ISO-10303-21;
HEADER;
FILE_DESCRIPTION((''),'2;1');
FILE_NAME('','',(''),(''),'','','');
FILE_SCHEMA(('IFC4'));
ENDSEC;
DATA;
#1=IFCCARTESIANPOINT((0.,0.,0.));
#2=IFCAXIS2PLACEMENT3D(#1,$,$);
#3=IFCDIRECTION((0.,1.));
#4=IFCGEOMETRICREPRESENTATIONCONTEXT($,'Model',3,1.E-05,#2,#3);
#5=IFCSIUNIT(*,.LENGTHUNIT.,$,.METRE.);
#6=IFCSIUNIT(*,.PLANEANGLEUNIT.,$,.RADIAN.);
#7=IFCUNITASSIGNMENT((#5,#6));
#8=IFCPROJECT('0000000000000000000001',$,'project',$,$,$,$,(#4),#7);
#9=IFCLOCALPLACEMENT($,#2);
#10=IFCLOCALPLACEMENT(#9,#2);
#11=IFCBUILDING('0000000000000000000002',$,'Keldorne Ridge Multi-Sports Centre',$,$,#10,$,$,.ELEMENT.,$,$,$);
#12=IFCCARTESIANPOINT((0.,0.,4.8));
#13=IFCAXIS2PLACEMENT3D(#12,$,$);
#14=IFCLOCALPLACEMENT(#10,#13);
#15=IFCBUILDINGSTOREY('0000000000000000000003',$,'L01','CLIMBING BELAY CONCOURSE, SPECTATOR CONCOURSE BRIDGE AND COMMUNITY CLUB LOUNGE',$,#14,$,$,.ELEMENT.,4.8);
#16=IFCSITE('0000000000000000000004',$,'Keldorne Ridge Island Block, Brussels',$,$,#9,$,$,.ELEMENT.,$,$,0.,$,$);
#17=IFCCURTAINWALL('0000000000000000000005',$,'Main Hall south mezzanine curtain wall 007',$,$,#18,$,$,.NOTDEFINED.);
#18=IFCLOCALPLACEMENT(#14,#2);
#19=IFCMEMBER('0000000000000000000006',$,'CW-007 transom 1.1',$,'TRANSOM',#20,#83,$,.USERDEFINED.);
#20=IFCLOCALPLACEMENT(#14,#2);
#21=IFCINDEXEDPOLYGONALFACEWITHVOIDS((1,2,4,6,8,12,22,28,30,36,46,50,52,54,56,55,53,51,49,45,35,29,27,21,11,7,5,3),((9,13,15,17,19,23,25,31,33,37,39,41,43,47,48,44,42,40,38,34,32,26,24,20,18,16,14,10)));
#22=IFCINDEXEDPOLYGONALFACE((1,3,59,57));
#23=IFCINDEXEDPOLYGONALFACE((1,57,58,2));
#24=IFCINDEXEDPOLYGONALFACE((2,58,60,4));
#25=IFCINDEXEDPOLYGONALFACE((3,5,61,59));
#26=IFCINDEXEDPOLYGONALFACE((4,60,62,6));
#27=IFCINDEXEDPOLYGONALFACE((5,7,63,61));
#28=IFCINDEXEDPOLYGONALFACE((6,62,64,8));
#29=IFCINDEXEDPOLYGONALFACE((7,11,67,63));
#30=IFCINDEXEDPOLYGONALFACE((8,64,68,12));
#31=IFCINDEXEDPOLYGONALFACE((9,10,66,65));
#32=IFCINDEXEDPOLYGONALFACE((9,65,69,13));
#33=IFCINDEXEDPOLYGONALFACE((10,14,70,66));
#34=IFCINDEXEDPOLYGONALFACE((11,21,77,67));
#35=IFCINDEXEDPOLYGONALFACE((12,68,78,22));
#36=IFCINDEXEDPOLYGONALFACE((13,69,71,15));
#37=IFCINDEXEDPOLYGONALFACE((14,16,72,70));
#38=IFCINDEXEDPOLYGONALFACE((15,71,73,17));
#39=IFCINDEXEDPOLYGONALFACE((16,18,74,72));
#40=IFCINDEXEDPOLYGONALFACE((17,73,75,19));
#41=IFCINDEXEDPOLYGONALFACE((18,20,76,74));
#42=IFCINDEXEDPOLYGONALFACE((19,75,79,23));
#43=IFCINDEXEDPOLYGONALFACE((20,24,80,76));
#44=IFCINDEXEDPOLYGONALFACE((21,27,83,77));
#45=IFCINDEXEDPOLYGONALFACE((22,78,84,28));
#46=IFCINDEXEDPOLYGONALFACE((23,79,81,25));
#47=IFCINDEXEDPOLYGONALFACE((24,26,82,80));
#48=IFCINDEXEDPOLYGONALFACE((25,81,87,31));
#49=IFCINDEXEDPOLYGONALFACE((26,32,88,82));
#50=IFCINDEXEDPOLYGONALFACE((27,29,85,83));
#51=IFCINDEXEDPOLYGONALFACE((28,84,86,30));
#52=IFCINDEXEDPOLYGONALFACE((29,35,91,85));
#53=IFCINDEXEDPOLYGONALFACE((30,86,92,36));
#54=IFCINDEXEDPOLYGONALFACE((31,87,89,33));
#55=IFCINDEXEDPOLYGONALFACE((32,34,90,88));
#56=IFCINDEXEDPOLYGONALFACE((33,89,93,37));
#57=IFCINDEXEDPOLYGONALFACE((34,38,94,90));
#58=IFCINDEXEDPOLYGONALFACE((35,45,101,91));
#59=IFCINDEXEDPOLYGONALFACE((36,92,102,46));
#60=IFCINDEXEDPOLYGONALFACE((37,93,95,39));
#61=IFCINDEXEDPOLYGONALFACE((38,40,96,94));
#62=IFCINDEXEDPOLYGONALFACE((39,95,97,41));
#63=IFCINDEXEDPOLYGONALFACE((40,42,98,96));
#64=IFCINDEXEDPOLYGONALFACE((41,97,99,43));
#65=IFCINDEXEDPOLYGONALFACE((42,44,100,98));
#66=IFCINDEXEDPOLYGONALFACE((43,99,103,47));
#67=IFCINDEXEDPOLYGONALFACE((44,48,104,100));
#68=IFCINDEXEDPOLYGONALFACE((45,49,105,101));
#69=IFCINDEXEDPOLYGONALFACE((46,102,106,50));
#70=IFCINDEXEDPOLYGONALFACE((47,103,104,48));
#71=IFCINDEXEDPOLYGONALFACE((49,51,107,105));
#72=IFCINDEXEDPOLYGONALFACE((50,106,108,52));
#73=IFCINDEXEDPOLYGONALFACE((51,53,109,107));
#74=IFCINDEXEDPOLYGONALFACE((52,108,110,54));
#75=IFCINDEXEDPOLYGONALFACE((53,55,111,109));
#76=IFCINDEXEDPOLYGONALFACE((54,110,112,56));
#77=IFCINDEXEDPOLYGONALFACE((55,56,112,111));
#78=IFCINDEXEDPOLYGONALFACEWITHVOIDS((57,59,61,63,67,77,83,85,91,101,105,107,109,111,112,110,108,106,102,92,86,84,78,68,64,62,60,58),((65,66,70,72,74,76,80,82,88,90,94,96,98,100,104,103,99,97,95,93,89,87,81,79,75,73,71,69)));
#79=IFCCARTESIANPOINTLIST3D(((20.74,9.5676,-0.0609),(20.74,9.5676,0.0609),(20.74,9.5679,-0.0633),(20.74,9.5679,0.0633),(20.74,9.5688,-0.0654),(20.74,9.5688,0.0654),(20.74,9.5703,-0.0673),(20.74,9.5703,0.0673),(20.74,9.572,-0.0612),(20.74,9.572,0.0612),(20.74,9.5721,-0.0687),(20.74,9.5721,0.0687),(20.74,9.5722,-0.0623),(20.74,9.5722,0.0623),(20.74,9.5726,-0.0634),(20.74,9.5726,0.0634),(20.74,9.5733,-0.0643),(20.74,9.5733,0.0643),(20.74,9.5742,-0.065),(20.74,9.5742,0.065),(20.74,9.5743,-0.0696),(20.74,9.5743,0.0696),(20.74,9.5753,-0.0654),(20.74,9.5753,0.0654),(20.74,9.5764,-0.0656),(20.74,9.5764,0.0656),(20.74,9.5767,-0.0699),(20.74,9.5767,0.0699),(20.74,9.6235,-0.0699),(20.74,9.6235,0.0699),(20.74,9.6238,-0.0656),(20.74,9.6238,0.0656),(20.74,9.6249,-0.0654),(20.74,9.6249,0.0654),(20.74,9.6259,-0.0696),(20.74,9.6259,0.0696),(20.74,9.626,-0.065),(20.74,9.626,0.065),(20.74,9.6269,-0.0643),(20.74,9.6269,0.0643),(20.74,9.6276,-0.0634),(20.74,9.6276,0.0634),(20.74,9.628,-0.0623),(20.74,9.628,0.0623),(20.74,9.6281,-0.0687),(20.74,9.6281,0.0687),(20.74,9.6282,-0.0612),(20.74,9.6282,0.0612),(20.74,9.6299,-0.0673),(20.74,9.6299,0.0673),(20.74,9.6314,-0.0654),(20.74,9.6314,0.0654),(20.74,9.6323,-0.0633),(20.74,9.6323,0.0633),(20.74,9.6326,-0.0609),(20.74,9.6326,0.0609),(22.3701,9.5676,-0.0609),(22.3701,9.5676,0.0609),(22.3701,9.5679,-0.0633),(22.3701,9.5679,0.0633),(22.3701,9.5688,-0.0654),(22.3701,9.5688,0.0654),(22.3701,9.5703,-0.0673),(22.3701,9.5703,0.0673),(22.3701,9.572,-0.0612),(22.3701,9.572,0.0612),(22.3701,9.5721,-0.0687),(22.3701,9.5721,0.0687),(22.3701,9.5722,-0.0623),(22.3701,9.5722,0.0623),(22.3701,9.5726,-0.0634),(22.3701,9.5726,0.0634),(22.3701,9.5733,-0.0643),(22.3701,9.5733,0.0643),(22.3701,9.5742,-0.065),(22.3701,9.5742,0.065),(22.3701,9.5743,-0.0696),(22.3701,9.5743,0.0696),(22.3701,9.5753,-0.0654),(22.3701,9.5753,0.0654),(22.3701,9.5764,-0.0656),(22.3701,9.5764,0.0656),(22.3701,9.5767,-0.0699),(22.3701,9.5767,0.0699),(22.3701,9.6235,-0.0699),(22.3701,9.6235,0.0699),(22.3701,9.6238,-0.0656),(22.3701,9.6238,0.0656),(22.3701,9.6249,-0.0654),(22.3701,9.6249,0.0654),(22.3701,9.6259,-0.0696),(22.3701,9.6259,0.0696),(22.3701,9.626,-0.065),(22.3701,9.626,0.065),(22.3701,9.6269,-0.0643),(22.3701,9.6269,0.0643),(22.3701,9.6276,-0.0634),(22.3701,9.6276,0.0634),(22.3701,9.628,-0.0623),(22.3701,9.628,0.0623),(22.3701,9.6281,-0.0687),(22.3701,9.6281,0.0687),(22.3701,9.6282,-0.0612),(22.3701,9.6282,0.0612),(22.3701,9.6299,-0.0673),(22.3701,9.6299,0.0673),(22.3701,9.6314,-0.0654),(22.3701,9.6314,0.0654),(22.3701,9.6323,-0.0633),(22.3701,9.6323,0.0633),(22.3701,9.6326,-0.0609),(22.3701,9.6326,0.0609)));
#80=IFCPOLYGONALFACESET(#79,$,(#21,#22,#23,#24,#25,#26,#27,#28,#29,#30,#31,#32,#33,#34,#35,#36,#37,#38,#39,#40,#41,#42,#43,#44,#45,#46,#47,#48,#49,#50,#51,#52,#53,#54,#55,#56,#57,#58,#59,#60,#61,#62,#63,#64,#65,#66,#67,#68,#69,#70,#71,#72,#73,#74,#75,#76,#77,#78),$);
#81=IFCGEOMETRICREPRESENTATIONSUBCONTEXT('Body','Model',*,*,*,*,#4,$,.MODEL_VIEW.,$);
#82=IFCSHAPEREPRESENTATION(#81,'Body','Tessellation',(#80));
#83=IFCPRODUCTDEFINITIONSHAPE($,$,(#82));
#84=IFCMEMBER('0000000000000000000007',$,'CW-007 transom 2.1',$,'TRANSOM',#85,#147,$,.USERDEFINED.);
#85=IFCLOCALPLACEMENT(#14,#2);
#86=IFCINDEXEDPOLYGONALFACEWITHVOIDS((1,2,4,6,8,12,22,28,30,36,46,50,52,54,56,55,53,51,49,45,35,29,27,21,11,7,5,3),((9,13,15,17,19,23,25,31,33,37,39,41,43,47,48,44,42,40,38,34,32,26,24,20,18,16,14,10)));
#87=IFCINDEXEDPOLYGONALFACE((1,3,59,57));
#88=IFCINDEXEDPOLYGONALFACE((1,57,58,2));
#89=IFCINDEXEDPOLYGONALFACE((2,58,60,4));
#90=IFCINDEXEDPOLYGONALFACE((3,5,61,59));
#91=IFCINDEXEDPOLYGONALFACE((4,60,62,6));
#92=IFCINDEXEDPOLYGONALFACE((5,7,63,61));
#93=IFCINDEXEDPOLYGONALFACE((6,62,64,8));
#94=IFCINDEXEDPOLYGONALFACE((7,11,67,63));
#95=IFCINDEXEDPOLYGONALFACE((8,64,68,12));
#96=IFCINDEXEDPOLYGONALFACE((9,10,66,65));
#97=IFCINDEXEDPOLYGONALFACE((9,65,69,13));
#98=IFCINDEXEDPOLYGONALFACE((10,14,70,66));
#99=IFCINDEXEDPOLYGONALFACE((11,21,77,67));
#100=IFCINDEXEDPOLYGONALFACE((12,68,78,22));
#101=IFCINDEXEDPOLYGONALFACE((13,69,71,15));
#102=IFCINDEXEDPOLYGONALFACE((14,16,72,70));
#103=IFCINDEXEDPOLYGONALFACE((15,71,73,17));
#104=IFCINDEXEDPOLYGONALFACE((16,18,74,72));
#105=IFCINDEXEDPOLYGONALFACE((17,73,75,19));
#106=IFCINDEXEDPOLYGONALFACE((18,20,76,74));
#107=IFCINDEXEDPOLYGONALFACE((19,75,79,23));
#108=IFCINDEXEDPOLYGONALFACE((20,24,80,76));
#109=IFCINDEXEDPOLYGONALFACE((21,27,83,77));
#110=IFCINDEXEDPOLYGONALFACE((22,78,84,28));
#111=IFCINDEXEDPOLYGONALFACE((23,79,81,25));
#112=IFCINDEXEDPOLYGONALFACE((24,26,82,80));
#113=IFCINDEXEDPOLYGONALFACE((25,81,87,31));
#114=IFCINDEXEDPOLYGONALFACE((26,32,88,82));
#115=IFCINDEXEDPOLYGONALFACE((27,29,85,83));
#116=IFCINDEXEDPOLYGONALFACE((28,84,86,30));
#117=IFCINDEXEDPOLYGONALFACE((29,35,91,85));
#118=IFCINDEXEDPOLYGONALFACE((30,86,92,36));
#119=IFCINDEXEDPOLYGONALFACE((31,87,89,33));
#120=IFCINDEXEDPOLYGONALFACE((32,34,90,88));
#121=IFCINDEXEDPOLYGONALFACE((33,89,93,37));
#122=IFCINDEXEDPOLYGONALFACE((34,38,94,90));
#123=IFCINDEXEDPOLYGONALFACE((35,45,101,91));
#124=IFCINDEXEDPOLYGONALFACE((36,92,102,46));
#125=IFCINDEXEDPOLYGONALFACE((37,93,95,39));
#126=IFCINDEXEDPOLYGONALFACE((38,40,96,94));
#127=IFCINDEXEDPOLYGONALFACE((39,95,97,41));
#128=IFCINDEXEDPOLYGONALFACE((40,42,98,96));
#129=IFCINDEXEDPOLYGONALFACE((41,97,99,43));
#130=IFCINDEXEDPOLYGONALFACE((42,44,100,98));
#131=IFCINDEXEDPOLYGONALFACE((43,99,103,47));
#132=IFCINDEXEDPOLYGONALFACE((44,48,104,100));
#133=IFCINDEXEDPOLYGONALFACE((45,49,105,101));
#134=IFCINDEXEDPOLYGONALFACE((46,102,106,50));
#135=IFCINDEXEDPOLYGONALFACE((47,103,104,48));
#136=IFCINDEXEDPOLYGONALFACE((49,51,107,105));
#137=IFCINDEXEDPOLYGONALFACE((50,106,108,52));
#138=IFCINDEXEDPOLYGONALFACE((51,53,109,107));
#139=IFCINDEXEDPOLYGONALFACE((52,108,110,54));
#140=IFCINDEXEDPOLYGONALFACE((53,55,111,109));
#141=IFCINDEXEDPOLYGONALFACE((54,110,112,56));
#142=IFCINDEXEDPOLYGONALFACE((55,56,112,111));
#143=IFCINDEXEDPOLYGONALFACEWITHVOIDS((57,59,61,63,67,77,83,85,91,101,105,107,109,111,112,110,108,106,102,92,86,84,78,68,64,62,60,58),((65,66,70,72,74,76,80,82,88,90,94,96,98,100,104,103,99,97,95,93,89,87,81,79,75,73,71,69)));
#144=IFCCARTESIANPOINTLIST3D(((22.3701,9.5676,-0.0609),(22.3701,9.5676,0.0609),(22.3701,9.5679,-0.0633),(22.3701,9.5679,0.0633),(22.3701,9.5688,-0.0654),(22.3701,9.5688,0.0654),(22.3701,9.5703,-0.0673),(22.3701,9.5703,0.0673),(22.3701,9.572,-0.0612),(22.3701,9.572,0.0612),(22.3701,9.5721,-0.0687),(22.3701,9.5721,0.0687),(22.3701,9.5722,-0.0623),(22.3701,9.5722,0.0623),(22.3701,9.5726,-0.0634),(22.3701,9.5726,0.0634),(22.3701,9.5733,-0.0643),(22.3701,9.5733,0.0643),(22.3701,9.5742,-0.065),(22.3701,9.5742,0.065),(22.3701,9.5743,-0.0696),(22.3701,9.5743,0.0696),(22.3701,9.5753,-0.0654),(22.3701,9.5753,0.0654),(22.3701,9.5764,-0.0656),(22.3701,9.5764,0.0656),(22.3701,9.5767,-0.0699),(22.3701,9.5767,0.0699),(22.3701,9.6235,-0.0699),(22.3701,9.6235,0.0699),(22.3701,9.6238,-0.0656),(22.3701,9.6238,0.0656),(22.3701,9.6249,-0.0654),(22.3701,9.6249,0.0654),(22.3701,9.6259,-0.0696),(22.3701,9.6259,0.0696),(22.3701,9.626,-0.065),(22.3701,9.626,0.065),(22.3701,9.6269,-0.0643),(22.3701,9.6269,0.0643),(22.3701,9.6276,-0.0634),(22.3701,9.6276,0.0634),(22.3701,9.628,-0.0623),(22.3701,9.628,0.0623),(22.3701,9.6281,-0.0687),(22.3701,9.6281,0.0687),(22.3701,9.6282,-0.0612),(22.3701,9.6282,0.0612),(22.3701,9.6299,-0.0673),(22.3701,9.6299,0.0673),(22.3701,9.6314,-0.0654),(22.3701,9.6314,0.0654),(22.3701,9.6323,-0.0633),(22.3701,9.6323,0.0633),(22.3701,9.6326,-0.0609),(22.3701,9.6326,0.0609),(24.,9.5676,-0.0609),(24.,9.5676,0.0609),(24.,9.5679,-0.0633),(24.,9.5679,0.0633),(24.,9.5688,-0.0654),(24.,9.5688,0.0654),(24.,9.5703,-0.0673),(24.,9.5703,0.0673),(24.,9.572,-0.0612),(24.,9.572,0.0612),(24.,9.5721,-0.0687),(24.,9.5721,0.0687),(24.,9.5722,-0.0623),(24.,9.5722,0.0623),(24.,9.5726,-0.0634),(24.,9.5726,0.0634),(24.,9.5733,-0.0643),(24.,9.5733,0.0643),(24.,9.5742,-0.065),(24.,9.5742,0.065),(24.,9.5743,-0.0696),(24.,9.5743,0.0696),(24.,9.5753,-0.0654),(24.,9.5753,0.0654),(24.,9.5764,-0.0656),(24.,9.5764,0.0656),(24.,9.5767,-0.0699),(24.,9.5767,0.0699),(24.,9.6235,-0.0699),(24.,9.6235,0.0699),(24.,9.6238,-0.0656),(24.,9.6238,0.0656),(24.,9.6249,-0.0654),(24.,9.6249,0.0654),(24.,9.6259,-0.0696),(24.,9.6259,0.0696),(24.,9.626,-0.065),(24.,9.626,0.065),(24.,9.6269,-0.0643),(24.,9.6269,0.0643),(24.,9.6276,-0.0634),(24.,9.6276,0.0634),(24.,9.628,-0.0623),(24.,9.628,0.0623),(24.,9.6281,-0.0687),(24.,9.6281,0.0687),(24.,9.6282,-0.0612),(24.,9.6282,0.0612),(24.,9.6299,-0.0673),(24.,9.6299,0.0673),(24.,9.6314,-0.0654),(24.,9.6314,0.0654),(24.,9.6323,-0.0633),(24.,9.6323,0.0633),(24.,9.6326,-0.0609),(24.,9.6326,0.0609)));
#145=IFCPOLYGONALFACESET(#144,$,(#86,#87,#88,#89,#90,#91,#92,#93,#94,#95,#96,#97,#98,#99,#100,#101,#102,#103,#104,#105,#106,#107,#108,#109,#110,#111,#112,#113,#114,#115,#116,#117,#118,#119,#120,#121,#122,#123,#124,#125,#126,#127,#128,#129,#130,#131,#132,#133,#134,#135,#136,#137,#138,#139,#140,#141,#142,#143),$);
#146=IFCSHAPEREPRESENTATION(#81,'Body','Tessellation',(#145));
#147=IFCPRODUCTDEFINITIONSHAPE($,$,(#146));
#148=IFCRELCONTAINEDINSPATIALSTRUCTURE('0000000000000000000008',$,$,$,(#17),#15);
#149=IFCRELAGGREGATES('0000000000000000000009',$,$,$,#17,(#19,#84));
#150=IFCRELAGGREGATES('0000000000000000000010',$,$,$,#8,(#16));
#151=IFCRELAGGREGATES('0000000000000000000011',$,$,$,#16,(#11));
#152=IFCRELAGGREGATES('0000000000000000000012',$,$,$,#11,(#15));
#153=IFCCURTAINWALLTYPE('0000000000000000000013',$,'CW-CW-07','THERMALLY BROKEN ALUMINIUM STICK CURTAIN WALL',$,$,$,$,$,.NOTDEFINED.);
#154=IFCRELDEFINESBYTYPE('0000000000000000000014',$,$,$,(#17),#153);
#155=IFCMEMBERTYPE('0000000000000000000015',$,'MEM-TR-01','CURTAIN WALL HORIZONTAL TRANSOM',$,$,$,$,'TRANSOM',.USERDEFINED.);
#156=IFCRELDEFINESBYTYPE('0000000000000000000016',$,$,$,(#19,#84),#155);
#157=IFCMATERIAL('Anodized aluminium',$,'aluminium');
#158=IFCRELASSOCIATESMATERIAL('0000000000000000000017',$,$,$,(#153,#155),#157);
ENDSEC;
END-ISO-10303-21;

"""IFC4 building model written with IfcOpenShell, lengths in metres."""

from ifc_helpers import new_model, si_unit, direction, frame, origin, origin_2d, place, context, subcontext, project, spatial, hollow_rectangle, extrude, material, material_profile, profile_set, type_object, element, aggregate, save


model = new_model("IFC4")

# Units and contexts
model_context = context("Model", 3, precision=1e-05, world=origin(), true_north=direction((0.0, 1.0)))
body_context = subcontext(model_context, "Body", "Model", "MODEL_VIEW")
ifc_project = project(units=[si_unit("LENGTHUNIT", "METRE"), si_unit("PLANEANGLEUNIT", "RADIAN")], contexts=[model_context])

# Site, building, storey
site_placement = place(None, origin())
site = spatial("IfcSite", under=ifc_project, at=site_placement, Name="Keldorne Ridge Island Block, Brussels", CompositionType="ELEMENT", RefElevation=0.0)
building_placement = place(site_placement, origin())
building = spatial("IfcBuilding", under=site, at=building_placement, Name="Keldorne Ridge Multi-Sports Centre", CompositionType="ELEMENT")
storey_placement = place(building_placement, frame((0.0, 0.0, 4.8)))
storey = spatial("IfcBuildingStorey", under=building, at=storey_placement, Name="L01", Description="CLIMBING BELAY CONCOURSE, SPECTATOR CONCOURSE BRIDGE AND COMMUNITY CLUB LOUNGE", CompositionType="ELEMENT", Elevation=4.8)

# Curtain wall
ifc_material_1 = material(Name="Anodized aluminium", Category="aluminium")
curtain_wall_type_1 = type_object("IfcCurtainWallType", Name="CW-CW-07", Description="THERMALLY BROKEN ALUMINIUM STICK CURTAIN WALL", PredefinedType="NOTDEFINED", material=ifc_material_1)
curtain_wall_1_placement = place(storey_placement, origin())
curtain_wall_1 = element("IfcCurtainWall", 1, at=curtain_wall_1_placement, inside=storey, type_object=curtain_wall_type_1, Name="Main Hall south mezzanine curtain wall 007", PredefinedType="NOTDEFINED")

# Members
ifc_material_profile_1 = material_profile(ifc_material_1, hollow_rectangle(XDim=0.0649, YDim=0.1399, WallThickness=0.0044, InnerFilletRadius=0.0044, OuterFilletRadius=0.009, at=origin_2d()), Name="ALU TRANSOM 140x65x4.5")
ifc_profile_set_1 = profile_set([ifc_material_profile_1], Name="Anodized aluminium")
member_type_1 = type_object("IfcMemberType", Name="MEM-TR-01", Description="CURTAIN WALL HORIZONTAL TRANSOM", ElementType="TRANSOM", PredefinedType="USERDEFINED", material=ifc_profile_set_1)
member_1_placement = place(storey_placement, frame((20.74, 9.6001, 0.0), z_axis=(1.0, 0.0, 0.0), x_axis=(0.0, 1.0, 0.0)))
member_1 = element("IfcMember", 2, at=member_1_placement, type_object=member_type_1, Name="CW-007 transom 1.1", ObjectType="TRANSOM", PredefinedType="USERDEFINED", context=body_context, shape_type="SweptSolid", body=[
    extrude(hollow_rectangle(XDim=0.0649, YDim=0.1399, WallThickness=0.0044, InnerFilletRadius=0.0044, OuterFilletRadius=0.009, at=origin_2d()), origin(), (0.0, 0.0, 1.0), 1.6301),
])
member_2_placement = place(storey_placement, frame((22.3701, 9.6001, 0.0), z_axis=(1.0, 0.0, 0.0), x_axis=(0.0, 1.0, 0.0)))
member_2 = element("IfcMember", 3, at=member_2_placement, type_object=member_type_1, Name="CW-007 transom 2.1", ObjectType="TRANSOM", PredefinedType="USERDEFINED", context=body_context, shape_type="SweptSolid", body=[
    extrude(hollow_rectangle(XDim=0.0649, YDim=0.1399, WallThickness=0.0044, InnerFilletRadius=0.0044, OuterFilletRadius=0.009, at=origin_2d()), origin(), (0.0, 0.0, 1.0), 1.6299),
])

aggregate(curtain_wall_1, [member_1, member_2])

save(model, "model.ifc")
